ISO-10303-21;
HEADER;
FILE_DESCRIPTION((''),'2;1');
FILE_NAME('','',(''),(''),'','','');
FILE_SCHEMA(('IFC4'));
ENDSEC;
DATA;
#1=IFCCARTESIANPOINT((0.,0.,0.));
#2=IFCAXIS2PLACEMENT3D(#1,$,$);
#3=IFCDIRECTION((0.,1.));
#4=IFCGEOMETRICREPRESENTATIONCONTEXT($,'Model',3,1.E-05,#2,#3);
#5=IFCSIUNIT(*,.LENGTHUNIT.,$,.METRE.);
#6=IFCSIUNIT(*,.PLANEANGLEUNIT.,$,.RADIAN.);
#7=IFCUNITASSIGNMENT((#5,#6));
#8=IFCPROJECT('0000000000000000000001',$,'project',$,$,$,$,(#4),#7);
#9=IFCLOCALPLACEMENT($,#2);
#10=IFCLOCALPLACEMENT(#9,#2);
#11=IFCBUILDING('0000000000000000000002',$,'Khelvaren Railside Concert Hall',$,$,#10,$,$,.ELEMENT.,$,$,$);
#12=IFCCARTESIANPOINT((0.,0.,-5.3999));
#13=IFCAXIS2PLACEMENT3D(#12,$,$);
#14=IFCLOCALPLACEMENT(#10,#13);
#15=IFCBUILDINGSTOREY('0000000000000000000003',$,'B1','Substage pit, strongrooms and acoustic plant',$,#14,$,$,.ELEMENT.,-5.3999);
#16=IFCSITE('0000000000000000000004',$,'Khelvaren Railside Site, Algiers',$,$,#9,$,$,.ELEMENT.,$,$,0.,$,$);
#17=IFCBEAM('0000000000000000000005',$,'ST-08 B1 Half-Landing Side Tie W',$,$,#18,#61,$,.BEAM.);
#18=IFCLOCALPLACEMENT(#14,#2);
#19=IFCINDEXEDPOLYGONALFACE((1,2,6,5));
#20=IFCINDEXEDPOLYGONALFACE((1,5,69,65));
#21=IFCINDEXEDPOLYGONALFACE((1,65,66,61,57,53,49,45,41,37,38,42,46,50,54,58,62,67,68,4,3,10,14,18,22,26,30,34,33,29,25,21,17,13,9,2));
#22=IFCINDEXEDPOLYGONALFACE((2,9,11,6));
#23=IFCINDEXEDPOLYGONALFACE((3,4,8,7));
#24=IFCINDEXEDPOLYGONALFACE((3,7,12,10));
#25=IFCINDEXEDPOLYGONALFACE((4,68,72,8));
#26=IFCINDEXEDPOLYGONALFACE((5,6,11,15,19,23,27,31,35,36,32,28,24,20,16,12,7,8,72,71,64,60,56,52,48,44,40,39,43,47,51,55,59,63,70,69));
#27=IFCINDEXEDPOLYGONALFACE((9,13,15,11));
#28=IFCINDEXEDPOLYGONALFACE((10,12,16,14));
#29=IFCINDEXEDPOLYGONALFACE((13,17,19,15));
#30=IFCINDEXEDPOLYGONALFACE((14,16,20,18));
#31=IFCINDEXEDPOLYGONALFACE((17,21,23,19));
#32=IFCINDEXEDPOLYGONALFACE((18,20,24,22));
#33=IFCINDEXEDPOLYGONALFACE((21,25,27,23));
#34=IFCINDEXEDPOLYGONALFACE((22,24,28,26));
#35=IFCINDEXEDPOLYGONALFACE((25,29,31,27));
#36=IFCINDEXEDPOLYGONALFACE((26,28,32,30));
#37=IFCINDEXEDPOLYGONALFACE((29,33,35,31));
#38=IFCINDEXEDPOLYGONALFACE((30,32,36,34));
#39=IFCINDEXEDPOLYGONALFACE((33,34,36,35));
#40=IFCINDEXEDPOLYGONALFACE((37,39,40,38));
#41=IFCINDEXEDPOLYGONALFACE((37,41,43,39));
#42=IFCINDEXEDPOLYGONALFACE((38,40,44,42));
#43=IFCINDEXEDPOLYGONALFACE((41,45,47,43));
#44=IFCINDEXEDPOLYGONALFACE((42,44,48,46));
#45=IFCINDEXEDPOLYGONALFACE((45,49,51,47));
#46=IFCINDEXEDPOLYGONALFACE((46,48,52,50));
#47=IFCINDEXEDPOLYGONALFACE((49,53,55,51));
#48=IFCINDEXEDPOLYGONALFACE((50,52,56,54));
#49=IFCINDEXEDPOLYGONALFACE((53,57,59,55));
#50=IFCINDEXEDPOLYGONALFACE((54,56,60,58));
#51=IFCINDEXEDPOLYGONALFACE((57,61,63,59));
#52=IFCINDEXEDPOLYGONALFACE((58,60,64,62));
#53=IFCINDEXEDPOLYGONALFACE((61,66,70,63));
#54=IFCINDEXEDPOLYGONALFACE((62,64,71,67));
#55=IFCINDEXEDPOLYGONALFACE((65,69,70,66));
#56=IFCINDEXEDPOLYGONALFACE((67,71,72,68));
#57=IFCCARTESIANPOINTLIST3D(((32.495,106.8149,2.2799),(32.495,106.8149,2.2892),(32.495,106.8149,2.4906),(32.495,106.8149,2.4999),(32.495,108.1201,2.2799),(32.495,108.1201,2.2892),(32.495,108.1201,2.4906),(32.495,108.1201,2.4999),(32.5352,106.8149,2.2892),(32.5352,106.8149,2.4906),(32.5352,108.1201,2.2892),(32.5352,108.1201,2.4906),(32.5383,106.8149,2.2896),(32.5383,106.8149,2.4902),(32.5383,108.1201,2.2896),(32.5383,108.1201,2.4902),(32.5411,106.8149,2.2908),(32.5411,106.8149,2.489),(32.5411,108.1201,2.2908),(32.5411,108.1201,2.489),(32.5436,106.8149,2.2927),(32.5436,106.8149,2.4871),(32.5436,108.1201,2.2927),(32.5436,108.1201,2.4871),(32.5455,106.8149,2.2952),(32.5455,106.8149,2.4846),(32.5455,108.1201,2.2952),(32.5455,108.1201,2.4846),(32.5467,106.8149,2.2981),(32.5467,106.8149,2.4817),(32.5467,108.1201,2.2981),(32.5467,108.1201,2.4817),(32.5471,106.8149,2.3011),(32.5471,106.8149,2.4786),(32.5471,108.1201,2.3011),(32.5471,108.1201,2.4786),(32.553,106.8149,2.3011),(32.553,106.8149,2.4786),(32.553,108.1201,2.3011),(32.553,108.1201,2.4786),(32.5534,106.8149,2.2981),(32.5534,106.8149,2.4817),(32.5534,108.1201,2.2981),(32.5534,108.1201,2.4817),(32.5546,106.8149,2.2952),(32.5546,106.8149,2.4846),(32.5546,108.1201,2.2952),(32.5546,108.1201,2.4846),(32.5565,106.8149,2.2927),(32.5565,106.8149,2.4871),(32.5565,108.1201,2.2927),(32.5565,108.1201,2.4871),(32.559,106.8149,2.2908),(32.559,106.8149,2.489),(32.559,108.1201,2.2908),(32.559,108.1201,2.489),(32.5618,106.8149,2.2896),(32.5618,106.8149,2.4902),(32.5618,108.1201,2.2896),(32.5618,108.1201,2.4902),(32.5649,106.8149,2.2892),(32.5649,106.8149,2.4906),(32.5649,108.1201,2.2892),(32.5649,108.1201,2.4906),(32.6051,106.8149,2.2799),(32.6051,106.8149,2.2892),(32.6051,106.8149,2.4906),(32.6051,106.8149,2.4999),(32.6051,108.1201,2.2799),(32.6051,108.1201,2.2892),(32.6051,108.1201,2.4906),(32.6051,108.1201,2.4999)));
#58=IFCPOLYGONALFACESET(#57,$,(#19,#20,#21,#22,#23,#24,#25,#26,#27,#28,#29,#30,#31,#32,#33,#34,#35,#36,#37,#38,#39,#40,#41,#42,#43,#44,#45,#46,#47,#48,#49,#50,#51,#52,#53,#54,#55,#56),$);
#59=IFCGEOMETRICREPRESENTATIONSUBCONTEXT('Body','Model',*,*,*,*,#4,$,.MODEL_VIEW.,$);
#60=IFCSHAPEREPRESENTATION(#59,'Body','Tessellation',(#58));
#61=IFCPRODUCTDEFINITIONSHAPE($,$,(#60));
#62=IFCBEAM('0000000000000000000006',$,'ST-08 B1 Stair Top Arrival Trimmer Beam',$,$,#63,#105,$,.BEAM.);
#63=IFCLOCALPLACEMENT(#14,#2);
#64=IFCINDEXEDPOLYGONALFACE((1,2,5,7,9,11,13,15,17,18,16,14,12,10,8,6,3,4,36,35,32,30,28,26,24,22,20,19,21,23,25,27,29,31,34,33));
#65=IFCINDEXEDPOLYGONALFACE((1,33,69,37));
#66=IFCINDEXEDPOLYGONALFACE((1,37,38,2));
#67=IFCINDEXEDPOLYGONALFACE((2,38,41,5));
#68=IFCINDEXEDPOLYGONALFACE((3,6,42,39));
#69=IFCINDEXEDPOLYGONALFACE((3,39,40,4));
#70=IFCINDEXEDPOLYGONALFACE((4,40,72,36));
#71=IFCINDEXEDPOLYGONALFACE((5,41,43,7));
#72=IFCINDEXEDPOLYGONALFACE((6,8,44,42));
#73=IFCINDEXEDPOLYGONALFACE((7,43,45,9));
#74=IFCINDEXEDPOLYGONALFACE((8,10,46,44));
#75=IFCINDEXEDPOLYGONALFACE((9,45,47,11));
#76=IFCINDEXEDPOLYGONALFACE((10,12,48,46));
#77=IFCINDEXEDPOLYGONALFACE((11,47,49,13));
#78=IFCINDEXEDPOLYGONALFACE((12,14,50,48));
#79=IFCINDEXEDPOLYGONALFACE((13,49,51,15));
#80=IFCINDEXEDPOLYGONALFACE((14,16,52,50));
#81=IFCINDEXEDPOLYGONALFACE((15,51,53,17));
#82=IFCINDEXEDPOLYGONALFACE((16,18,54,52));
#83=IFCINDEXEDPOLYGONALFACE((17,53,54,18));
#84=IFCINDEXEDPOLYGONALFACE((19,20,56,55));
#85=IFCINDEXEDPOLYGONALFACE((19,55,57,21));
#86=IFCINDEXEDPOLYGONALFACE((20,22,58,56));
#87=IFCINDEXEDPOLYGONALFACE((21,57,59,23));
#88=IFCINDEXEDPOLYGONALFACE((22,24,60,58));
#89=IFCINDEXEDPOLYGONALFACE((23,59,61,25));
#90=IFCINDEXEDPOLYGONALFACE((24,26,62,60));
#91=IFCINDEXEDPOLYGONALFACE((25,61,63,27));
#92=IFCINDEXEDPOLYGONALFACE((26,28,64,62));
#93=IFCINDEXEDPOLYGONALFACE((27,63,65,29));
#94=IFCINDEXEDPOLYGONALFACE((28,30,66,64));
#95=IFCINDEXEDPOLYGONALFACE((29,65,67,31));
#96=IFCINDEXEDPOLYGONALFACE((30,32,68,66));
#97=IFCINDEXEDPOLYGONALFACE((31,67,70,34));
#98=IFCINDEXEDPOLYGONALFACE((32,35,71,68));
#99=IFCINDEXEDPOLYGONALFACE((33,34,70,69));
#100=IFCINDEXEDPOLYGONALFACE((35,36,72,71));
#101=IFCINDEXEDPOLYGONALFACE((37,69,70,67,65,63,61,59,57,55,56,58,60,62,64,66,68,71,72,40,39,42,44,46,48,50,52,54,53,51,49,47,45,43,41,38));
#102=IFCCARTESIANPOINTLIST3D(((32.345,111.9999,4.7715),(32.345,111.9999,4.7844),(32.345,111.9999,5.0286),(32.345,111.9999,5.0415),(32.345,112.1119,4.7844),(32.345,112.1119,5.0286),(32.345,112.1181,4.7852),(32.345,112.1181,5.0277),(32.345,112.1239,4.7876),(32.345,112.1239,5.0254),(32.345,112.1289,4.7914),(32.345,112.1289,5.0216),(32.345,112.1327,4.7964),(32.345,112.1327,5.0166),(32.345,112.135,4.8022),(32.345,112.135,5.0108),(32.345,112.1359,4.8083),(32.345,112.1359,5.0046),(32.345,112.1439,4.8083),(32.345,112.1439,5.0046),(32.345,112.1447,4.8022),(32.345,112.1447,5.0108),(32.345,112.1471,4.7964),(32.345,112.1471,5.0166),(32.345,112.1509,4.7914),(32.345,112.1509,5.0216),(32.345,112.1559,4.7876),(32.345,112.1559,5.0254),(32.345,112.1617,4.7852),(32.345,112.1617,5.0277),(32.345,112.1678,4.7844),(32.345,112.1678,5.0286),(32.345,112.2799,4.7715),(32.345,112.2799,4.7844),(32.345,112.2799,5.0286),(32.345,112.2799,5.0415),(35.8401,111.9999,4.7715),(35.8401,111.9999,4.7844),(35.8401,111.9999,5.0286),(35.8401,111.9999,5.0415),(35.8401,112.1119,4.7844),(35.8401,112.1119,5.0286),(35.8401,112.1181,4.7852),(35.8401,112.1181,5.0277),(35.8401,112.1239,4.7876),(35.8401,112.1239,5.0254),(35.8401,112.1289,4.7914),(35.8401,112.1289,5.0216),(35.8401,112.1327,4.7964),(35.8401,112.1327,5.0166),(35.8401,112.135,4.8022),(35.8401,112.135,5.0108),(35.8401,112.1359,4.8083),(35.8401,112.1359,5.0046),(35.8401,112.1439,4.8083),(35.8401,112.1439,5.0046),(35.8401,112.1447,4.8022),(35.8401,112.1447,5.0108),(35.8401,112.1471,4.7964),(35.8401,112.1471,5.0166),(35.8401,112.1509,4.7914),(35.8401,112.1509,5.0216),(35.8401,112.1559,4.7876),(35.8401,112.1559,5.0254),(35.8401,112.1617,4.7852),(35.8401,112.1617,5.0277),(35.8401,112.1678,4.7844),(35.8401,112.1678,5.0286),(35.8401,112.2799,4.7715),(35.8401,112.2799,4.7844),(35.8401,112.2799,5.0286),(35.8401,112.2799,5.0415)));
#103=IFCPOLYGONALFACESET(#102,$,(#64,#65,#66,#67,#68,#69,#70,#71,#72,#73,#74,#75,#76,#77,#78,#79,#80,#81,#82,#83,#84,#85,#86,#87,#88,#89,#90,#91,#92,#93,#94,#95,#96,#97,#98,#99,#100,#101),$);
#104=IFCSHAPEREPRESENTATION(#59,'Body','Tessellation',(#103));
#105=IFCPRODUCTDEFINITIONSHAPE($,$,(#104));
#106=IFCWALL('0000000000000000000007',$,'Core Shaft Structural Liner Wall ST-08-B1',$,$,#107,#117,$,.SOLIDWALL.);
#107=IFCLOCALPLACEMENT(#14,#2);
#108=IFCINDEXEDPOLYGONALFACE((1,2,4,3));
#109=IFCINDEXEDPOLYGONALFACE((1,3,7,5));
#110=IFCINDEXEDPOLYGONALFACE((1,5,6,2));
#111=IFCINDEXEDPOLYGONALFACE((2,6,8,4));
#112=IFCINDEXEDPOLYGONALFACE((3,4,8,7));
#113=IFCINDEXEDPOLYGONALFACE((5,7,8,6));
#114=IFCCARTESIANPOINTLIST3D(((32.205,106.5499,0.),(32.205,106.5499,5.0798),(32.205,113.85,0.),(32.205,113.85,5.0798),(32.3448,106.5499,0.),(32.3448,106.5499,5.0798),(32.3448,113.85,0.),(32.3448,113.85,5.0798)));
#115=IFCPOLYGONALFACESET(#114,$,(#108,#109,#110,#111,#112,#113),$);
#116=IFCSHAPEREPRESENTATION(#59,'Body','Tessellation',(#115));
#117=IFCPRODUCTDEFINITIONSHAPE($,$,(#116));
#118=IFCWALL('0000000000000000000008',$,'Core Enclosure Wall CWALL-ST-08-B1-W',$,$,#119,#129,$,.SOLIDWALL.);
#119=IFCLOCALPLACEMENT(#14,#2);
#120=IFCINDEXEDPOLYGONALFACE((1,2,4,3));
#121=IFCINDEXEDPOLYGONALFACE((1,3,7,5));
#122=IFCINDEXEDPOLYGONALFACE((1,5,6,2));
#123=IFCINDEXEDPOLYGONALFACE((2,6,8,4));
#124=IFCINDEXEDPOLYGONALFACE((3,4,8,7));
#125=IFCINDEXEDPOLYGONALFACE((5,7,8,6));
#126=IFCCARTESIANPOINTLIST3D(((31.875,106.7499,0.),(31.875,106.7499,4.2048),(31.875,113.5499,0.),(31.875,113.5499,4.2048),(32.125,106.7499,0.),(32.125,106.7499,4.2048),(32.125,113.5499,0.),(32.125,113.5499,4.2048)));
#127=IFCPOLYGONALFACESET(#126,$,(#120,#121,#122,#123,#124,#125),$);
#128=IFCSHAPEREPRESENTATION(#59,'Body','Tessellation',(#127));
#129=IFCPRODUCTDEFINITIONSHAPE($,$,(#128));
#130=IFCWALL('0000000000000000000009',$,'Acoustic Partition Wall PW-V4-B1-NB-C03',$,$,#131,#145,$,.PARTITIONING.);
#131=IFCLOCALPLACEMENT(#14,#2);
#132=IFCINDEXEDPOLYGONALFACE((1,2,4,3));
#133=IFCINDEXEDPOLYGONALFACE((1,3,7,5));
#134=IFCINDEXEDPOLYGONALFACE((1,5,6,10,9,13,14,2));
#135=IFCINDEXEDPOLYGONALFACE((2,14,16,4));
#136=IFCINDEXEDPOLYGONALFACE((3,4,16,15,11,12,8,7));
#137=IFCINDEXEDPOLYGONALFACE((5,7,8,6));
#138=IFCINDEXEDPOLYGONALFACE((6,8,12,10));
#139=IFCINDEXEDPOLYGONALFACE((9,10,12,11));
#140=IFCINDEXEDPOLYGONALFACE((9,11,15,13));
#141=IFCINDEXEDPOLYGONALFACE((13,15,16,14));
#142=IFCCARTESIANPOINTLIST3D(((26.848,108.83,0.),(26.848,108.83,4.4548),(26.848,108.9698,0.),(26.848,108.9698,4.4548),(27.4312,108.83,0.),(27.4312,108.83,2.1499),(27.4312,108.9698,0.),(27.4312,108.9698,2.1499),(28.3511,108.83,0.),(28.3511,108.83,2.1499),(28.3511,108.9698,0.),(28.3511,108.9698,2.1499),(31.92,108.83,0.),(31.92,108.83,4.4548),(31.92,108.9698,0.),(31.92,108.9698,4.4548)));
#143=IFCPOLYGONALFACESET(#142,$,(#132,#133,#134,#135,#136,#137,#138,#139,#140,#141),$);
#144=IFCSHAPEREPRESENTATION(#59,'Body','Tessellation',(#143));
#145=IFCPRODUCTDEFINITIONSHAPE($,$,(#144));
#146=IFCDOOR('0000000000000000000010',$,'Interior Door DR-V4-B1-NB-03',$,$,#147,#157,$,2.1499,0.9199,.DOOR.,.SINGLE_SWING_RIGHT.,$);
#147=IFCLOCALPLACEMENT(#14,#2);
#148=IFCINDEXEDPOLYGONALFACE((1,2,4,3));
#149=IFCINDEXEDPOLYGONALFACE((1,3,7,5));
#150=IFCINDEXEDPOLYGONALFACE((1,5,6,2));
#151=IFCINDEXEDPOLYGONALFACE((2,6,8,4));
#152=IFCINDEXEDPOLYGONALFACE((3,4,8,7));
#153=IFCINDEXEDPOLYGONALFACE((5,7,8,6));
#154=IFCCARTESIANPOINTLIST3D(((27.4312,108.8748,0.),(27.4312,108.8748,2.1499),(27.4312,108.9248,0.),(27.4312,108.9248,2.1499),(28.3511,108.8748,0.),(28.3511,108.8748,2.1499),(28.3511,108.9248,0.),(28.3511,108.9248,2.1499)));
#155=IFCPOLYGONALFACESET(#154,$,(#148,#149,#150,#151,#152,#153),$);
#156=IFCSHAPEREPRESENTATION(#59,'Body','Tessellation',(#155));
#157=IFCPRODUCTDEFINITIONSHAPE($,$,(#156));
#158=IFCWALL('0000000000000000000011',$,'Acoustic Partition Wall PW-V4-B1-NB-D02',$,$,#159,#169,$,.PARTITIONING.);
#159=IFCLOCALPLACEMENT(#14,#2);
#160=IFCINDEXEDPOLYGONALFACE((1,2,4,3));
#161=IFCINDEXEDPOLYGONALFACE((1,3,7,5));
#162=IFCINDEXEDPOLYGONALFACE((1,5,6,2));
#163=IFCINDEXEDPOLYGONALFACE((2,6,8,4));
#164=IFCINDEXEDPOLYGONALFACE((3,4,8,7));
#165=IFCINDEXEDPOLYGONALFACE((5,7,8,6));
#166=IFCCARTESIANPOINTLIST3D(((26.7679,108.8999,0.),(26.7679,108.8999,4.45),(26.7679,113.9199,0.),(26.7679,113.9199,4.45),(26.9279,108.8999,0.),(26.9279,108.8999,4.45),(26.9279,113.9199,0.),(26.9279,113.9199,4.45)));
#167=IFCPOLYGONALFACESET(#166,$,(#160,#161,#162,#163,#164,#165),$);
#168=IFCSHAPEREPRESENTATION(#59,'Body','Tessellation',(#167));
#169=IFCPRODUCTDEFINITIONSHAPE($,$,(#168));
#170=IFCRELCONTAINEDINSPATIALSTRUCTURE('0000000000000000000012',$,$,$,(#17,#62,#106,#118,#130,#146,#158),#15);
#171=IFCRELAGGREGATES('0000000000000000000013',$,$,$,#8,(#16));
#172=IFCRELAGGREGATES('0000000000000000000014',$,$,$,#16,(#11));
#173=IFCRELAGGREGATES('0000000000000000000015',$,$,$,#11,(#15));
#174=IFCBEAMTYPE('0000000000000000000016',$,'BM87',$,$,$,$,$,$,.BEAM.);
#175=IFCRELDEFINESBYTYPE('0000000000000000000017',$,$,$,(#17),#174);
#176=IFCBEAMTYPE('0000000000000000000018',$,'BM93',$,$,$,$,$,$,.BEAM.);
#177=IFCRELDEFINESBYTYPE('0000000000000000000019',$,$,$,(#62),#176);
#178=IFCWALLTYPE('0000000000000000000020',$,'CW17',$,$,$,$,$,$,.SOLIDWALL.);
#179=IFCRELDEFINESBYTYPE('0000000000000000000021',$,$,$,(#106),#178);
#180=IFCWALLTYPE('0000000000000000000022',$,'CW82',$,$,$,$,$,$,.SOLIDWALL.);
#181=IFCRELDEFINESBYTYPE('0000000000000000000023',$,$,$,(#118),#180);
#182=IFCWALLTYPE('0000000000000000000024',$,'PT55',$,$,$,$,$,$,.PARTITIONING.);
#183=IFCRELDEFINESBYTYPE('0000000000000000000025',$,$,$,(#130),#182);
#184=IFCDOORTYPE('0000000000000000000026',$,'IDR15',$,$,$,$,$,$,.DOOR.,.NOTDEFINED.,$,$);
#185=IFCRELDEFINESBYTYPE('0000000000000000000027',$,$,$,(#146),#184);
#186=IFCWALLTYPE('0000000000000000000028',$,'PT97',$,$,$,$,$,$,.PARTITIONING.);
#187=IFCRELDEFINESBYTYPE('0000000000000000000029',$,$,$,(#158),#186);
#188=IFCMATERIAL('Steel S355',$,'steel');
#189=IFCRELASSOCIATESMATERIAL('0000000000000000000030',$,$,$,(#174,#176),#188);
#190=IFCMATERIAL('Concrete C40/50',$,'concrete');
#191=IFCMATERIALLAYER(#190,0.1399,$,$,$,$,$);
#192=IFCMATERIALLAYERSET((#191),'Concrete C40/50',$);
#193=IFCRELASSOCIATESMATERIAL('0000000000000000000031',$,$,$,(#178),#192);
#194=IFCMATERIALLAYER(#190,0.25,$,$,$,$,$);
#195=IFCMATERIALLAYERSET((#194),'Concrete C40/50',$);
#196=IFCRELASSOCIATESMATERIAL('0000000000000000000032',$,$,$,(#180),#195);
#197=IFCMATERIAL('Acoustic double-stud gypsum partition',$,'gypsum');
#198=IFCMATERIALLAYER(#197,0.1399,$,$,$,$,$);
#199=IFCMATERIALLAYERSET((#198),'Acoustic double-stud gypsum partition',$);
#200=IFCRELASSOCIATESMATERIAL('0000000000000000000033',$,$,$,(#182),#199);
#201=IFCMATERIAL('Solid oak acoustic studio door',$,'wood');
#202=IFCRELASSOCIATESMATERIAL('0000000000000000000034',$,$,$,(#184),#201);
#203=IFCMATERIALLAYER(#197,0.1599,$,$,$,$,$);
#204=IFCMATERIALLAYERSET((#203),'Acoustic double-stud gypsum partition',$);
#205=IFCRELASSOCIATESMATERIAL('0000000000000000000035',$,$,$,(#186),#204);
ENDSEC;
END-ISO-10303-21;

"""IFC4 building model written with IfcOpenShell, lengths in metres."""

from ifc_helpers import new_model, si_unit, direction, frame, frame_2d, origin, origin_2d, place, context, subcontext, project, spatial, rectangle, i_section, extrude, material, layer, layer_set, material_profile, profile_set, type_object, element, fill, save


model = new_model("IFC4")

# Units and contexts
model_context = context("Model", 3, precision=1e-05, world=origin(), true_north=direction((0.0, 1.0)))
body_context = subcontext(model_context, "Body", "Model", "MODEL_VIEW")
ifc_project = project(units=[si_unit("LENGTHUNIT", "METRE"), si_unit("PLANEANGLEUNIT", "RADIAN")], contexts=[model_context])

# Site, building, storey
site_placement = place(None, origin())
site = spatial("IfcSite", under=ifc_project, at=site_placement, Name="Khelvaren Railside Site, Algiers", CompositionType="ELEMENT", RefElevation=0.0)
building_placement = place(site_placement, origin())
building = spatial("IfcBuilding", under=site, at=building_placement, Name="Khelvaren Railside Concert Hall", CompositionType="ELEMENT")
storey_placement = place(building_placement, frame((0.0, 0.0, -5.3999)))
storey = spatial("IfcBuildingStorey", under=building, at=storey_placement, Name="B1", Description="Substage pit, strongrooms and acoustic plant", CompositionType="ELEMENT", Elevation=-5.3999)

# Beams
ifc_material_1 = material(Name="Steel S355", Category="steel")
ifc_material_profile_1 = material_profile(ifc_material_1, i_section(OverallWidth=0.1101, OverallDepth=0.22, WebThickness=0.0059, FlangeThickness=0.0093, FilletRadius=0.012, at=origin_2d()), Name="IPE 220")
ifc_profile_set_1 = profile_set([ifc_material_profile_1], Name="Steel S355")
beam_type_1 = type_object("IfcBeamType", Name="BM87", PredefinedType="BEAM", material=ifc_profile_set_1)
beam_1_placement = place(storey_placement, frame((32.55, 106.8149, 2.3899), z_axis=(0.0, 1.0, 0.0), x_axis=(-1.0, 0.0, 0.0)))
element("IfcBeam", 1, at=beam_1_placement, inside=storey, type_object=beam_type_1, Name="ST-08 B1 Half-Landing Side Tie W", PredefinedType="BEAM", context=body_context, shape_type="SweptSolid", body=[
    extrude(i_section(OverallWidth=0.1101, OverallDepth=0.22, WebThickness=0.0059, FlangeThickness=0.0093, FilletRadius=0.012, at=origin_2d()), origin(), (0.0, 0.0, 1.0), 1.3052),
])
ifc_material_profile_2 = material_profile(ifc_material_1, i_section(OverallWidth=0.28, OverallDepth=0.27, WebThickness=0.0081, FlangeThickness=0.0129, FilletRadius=0.0239, at=origin_2d()), Name="HEA 280")
ifc_profile_set_2 = profile_set([ifc_material_profile_2], Name="Steel S355")
beam_type_2 = type_object("IfcBeamType", Name="BM93", PredefinedType="BEAM", material=ifc_profile_set_2)
beam_2_placement = place(storey_placement, frame((32.345, 112.1399, 4.9065), z_axis=(1.0, 0.0, 0.0), x_axis=(0.0, 1.0, 0.0)))
element("IfcBeam", 2, at=beam_2_placement, inside=storey, type_object=beam_type_2, Name="ST-08 B1 Stair Top Arrival Trimmer Beam", PredefinedType="BEAM", context=body_context, shape_type="SweptSolid", body=[
    extrude(i_section(OverallWidth=0.28, OverallDepth=0.27, WebThickness=0.0081, FlangeThickness=0.0129, FilletRadius=0.0239, at=origin_2d()), origin(), (0.0, 0.0, 1.0), 3.4951),
])

# Walls
ifc_material_2 = material(Name="Concrete C40/50", Category="concrete")
ifc_layer_1 = layer(ifc_material_2, 0.1399)
ifc_layer_set_1 = layer_set([ifc_layer_1], Name="Concrete C40/50")
wall_type_1 = type_object("IfcWallType", Name="CW17", PredefinedType="SOLIDWALL", material=ifc_layer_set_1)
wall_1_placement = place(storey_placement, frame((32.2749, 106.55, 0.0), z_axis=(0.0, 0.0, 1.0), x_axis=(0.0, 1.0, 0.0)))
element("IfcWall", 3, at=wall_1_placement, inside=storey, type_object=wall_type_1, Name="Core Shaft Structural Liner Wall ST-08-B1", PredefinedType="SOLIDWALL", context=body_context, shape_type="SweptSolid", body=[
    extrude(rectangle(XDim=7.3, YDim=0.1399, at=frame_2d((3.6499, 0.0))), origin(), (0.0, 0.0, 1.0), 5.0798),
])
ifc_layer_2 = layer(ifc_material_2, 0.25)
ifc_layer_set_2 = layer_set([ifc_layer_2], Name="Concrete C40/50")
wall_type_2 = type_object("IfcWallType", Name="CW82", PredefinedType="SOLIDWALL", material=ifc_layer_set_2)
wall_2_placement = place(storey_placement, frame((32.0, 106.75, 0.0), z_axis=(0.0, 0.0, 1.0), x_axis=(0.0, 1.0, 0.0)))
element("IfcWall", 4, at=wall_2_placement, inside=storey, type_object=wall_type_2, Name="Core Enclosure Wall CWALL-ST-08-B1-W", PredefinedType="SOLIDWALL", context=body_context, shape_type="SweptSolid", body=[
    extrude(rectangle(XDim=6.8, YDim=0.25, at=frame_2d((3.3999, 0.0))), origin(), (0.0, 0.0, 1.0), 4.2048),
])

# Wall, opening, door
ifc_material_3 = material(Name="Acoustic double-stud gypsum partition", Category="gypsum")
ifc_layer_3 = layer(ifc_material_3, 0.1399)
ifc_layer_set_3 = layer_set([ifc_layer_3], Name="Acoustic double-stud gypsum partition")
wall_type_3 = type_object("IfcWallType", Name="PT55", PredefinedType="PARTITIONING", material=ifc_layer_set_3)
wall_3_placement = place(storey_placement, frame((26.8479, 108.8999, 0.0), z_axis=(0.0, 0.0, 1.0), x_axis=(1.0, 0.0, 0.0)))
wall_3 = element("IfcWall", 5, at=wall_3_placement, inside=storey, type_object=wall_type_3, Name="Acoustic Partition Wall PW-V4-B1-NB-C03", PredefinedType="PARTITIONING", context=body_context, shape_type="SweptSolid", body=[
    extrude(rectangle(XDim=5.072, YDim=0.1399, at=frame_2d((2.5361, 0.0))), origin(), (0.0, 0.0, 1.0), 4.4548),
])
opening_placement = place(wall_3_placement, frame((0.5833, 0.0, 0.0)))
opening = element("IfcOpeningElement", 6, at=opening_placement, cuts=wall_3, PredefinedType="OPENING", context=body_context, shape_type="SweptSolid", body=[
    extrude(rectangle(XDim=0.9199, YDim=2.1499, at=frame_2d((0.46, 1.075))), frame((0.0, 0.0798, 0.0), z_axis=(0.0, -1.0, 0.0), x_axis=(1.0, 0.0, 0.0)), (0.0, 0.0, 1.0), 0.1599),
])
ifc_material_4 = material(Name="Solid oak acoustic studio door", Category="wood")
door_type = type_object("IfcDoorType", Name="IDR15", OperationType="NOTDEFINED", PredefinedType="DOOR", material=ifc_material_4)
door_placement = place(opening_placement, origin())
door = element("IfcDoor", 7, at=door_placement, inside=storey, type_object=door_type, Name="Interior Door DR-V4-B1-NB-03", OperationType="SINGLE_SWING_RIGHT", OverallHeight=2.1499, OverallWidth=0.9199, PredefinedType="DOOR", context=body_context, shape_type="SweptSolid", body=[
    extrude(rectangle(XDim=0.9199, YDim=2.1499, at=frame_2d((0.46, 1.075))), frame((0.0, 0.0249, 0.0), z_axis=(0.0, -1.0, 0.0), x_axis=(1.0, 0.0, 0.0)), (0.0, 0.0, 1.0), 0.05),
])
fill(opening, door)

# Wall
ifc_layer_4 = layer(ifc_material_3, 0.1599)
ifc_layer_set_4 = layer_set([ifc_layer_4], Name="Acoustic double-stud gypsum partition")
wall_type_4 = type_object("IfcWallType", Name="PT97", PredefinedType="PARTITIONING", material=ifc_layer_set_4)
wall_4_placement = place(storey_placement, frame((26.8479, 108.8999, 0.0), z_axis=(0.0, 0.0, 1.0), x_axis=(0.0, 1.0, 0.0)))
element("IfcWall", 8, at=wall_4_placement, inside=storey, type_object=wall_type_4, Name="Acoustic Partition Wall PW-V4-B1-NB-D02", PredefinedType="PARTITIONING", context=body_context, shape_type="SweptSolid", body=[
    extrude(rectangle(XDim=5.02, YDim=0.1599, at=frame_2d((2.51, 0.0))), origin(), (0.0, 0.0, 1.0), 4.45),
])

save(model, "model.ifc")
